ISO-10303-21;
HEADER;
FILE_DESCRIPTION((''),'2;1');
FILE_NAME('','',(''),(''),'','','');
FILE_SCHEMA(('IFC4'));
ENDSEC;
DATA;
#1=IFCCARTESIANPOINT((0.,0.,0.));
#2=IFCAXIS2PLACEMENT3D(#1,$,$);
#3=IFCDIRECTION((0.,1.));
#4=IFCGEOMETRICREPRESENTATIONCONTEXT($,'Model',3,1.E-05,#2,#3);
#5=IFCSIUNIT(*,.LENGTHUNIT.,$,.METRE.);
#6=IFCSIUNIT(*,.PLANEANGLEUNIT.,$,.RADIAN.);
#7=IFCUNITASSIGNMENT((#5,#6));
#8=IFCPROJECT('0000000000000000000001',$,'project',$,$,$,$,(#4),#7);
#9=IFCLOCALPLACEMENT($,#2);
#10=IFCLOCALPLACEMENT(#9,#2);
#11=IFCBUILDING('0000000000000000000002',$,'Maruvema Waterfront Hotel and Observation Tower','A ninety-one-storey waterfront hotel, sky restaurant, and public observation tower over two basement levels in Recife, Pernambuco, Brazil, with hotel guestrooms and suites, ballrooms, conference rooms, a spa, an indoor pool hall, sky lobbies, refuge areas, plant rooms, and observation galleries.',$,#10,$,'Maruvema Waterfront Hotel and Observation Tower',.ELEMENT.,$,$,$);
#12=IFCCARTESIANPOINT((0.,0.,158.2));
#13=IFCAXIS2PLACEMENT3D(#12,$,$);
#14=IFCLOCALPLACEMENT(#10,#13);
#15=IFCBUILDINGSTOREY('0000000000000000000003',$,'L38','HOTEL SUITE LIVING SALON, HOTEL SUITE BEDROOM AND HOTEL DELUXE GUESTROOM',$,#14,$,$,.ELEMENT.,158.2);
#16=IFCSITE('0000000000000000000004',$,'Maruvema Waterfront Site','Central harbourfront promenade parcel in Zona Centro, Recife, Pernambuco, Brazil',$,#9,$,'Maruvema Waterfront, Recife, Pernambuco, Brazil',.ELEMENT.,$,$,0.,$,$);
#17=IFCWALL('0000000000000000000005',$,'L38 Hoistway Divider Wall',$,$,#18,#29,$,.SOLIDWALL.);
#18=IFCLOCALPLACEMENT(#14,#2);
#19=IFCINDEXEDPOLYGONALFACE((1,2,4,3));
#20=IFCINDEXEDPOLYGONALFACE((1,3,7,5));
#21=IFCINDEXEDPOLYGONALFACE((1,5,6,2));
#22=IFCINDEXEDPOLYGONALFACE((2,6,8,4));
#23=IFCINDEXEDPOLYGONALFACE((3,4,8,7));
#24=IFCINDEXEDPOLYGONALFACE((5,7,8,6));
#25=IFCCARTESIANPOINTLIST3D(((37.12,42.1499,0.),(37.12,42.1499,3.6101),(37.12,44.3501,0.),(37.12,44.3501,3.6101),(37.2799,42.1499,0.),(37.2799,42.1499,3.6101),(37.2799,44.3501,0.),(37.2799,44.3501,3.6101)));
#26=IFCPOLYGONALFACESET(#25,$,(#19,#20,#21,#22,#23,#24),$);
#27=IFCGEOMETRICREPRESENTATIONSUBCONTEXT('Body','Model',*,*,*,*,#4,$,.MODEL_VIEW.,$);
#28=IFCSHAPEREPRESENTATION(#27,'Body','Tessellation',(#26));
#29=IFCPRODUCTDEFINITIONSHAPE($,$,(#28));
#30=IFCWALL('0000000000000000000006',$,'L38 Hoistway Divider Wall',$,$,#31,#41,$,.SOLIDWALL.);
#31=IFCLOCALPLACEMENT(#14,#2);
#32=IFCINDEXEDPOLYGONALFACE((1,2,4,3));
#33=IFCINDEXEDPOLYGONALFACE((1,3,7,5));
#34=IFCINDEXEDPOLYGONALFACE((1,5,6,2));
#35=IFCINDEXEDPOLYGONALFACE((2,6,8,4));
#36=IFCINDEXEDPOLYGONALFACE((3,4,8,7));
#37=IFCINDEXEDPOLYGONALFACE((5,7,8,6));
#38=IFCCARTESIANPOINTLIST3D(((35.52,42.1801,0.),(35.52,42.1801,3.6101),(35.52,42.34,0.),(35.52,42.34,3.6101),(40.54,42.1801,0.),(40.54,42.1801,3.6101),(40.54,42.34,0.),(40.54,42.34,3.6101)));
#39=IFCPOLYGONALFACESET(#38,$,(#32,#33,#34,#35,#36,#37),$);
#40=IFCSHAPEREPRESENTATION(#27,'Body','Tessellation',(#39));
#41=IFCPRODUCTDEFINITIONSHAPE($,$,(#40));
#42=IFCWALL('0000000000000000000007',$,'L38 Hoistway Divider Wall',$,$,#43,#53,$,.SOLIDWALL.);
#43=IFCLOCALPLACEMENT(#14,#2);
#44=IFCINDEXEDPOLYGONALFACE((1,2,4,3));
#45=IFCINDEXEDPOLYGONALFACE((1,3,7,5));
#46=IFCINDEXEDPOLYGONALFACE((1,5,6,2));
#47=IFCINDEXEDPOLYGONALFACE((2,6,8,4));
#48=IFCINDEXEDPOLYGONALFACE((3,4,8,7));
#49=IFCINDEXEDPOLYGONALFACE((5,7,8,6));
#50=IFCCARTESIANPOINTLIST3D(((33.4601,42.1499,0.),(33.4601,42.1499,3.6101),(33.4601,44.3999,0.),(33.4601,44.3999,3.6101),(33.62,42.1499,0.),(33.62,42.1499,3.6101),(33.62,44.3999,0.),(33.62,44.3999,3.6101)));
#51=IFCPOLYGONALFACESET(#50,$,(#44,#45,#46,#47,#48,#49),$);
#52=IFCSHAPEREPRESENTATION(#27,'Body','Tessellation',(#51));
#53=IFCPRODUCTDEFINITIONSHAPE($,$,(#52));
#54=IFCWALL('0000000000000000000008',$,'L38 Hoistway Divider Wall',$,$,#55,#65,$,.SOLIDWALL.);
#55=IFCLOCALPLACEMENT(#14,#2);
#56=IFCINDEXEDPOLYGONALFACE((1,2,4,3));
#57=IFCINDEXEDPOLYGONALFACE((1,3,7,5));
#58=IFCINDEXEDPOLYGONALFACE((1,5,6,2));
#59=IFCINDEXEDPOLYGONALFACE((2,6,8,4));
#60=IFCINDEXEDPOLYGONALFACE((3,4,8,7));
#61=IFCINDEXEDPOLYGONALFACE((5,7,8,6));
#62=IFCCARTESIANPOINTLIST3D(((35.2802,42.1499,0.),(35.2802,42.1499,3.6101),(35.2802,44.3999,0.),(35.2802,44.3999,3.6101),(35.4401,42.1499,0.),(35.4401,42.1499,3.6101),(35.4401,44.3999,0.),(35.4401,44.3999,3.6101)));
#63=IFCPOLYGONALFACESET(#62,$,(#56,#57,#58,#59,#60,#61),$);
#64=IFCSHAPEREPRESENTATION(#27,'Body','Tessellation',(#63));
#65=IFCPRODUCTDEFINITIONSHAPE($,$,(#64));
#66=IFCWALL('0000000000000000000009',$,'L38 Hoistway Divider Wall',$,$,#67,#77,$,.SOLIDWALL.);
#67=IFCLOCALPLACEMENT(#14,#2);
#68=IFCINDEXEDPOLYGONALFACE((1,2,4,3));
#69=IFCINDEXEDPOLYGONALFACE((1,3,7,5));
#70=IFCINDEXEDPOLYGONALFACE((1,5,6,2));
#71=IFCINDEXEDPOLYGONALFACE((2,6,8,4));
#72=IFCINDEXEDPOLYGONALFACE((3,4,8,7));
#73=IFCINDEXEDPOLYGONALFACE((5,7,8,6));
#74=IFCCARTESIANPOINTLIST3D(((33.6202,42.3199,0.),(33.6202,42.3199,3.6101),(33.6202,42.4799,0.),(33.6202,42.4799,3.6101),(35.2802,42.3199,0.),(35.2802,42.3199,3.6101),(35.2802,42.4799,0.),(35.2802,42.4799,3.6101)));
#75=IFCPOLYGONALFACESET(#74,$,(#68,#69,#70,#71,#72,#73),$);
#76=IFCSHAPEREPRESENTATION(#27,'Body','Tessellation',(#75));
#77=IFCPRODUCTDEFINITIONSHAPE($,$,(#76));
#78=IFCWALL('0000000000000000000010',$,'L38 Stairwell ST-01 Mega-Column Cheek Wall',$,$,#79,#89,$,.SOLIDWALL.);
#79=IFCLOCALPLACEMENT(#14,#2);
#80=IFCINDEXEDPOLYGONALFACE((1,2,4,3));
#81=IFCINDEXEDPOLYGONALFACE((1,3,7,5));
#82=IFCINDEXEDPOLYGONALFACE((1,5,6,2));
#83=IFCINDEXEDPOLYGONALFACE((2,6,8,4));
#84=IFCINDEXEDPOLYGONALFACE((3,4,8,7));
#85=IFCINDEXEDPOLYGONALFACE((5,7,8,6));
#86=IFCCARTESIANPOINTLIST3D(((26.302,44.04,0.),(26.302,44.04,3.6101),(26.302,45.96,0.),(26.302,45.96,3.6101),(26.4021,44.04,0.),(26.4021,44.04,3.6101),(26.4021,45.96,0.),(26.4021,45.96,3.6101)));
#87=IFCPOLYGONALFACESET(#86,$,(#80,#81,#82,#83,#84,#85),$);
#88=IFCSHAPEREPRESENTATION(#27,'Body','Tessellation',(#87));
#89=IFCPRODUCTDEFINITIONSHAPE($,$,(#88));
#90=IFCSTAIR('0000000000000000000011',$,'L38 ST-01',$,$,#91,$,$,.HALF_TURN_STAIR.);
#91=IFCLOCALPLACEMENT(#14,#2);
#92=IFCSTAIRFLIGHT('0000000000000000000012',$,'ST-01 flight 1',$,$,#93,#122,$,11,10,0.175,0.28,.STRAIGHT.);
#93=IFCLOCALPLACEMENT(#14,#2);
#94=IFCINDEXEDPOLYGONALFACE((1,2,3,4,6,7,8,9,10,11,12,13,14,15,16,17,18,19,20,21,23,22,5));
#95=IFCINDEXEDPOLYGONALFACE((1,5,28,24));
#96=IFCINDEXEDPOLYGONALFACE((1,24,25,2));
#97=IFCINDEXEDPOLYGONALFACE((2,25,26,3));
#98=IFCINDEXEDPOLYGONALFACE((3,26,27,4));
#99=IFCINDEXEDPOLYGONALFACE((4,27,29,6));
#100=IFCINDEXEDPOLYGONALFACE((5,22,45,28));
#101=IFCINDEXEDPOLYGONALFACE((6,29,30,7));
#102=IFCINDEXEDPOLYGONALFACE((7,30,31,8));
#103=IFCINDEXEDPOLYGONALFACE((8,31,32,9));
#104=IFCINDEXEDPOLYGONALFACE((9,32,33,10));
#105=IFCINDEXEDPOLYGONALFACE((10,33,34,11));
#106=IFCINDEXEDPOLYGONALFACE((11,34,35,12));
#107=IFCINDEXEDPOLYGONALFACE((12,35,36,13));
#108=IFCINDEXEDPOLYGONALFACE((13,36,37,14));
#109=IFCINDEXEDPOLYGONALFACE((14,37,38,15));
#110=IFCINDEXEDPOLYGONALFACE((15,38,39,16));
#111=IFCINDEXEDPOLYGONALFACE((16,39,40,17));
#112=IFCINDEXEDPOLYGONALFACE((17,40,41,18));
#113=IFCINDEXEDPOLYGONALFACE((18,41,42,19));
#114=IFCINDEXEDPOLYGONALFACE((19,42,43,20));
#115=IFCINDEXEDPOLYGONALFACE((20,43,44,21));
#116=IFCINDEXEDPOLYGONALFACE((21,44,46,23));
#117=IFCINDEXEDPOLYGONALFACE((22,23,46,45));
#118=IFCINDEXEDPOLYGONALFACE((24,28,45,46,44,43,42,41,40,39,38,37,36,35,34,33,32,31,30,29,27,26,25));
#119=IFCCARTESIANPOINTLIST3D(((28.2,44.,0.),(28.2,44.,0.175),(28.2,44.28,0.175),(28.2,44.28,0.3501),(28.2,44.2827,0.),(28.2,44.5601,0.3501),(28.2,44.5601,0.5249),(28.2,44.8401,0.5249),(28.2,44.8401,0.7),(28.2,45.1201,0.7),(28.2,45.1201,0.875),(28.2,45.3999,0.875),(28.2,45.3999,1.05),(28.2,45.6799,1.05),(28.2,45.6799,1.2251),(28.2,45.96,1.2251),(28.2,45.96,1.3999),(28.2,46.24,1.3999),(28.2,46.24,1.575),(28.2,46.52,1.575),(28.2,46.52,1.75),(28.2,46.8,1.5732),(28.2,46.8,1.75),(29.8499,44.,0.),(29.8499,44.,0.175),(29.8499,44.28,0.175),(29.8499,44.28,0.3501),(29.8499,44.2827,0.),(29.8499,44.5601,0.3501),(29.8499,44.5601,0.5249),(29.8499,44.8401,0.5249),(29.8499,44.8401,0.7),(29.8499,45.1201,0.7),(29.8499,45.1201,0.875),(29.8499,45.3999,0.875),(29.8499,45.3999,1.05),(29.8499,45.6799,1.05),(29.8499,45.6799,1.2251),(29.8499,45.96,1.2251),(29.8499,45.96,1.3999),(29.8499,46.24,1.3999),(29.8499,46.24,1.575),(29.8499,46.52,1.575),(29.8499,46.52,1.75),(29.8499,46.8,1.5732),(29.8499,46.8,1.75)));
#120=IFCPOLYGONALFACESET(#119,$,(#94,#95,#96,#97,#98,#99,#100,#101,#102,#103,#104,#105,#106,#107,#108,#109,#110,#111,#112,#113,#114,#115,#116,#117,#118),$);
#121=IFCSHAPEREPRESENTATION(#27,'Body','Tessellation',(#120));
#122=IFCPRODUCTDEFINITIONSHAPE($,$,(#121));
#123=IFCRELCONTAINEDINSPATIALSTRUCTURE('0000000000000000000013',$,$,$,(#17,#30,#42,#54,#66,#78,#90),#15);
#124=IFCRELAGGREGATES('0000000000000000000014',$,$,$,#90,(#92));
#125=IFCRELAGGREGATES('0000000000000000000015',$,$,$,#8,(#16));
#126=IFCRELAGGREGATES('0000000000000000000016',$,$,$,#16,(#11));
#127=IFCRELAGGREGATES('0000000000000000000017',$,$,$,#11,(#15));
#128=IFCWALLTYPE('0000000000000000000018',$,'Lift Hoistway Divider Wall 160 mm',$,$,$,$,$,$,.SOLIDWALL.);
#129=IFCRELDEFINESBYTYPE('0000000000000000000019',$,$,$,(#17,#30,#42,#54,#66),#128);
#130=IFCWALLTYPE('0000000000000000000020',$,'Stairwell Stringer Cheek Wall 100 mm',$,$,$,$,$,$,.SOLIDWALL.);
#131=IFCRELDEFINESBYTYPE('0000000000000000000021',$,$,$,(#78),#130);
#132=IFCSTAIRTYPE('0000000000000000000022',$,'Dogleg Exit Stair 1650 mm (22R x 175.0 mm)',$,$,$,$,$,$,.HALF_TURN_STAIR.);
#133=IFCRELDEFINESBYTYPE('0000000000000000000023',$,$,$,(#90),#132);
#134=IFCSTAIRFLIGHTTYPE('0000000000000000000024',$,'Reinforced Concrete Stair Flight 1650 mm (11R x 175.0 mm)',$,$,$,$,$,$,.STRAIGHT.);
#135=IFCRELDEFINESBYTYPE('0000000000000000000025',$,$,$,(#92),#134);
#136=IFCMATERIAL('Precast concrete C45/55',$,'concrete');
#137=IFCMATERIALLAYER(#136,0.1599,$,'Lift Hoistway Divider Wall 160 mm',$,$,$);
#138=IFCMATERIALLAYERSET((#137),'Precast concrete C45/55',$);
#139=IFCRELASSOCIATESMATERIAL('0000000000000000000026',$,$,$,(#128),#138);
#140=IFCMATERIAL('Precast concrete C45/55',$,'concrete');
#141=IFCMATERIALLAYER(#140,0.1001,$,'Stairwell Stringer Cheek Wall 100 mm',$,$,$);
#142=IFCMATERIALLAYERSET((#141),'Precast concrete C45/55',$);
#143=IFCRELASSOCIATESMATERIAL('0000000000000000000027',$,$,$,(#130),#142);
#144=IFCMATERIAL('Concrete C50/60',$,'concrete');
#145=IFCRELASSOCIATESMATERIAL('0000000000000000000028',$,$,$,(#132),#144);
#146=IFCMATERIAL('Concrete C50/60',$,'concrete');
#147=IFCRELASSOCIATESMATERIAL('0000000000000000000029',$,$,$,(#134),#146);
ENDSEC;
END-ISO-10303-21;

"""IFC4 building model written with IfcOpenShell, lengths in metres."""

from ifc_helpers import new_model, si_unit, direction, frame, frame_2d, origin, place, context, subcontext, project, spatial, polyline, rectangle, outline, extrude, material, layer, layer_set, type_object, element, aggregate, save


model = new_model("IFC4")

# Units and contexts
model_context = context("Model", 3, precision=1e-05, world=origin(), true_north=direction((0.0, 1.0)))
body_context = subcontext(model_context, "Body", "Model", "MODEL_VIEW")
ifc_project = project(units=[si_unit("LENGTHUNIT", "METRE"), si_unit("PLANEANGLEUNIT", "RADIAN")], contexts=[model_context])

# Site, building, storey
site_placement = place(None, origin())
site = spatial("IfcSite", under=ifc_project, at=site_placement, Name="Maruvema Waterfront Site", Description="Central harbourfront promenade parcel in Zona Centro, Recife, Pernambuco, Brazil", LongName="Maruvema Waterfront, Recife, Pernambuco, Brazil", CompositionType="ELEMENT", RefElevation=0.0)
building_placement = place(site_placement, origin())
building = spatial("IfcBuilding", under=site, at=building_placement, Name="Maruvema Waterfront Hotel and Observation Tower", Description="A ninety-one-storey waterfront hotel, sky restaurant, and public observation tower over two basement levels in Recife, Pernambuco, Brazil, with hotel guestrooms and suites, ballrooms, conference rooms, a spa, an indoor pool hall, sky lobbies, refuge areas, plant rooms, and observation galleries.", LongName="Maruvema Waterfront Hotel and Observation Tower", CompositionType="ELEMENT")
storey_placement = place(building_placement, frame((0.0, 0.0, 158.2)))
storey = spatial("IfcBuildingStorey", under=building, at=storey_placement, Name="L38", Description="HOTEL SUITE LIVING SALON, HOTEL SUITE BEDROOM AND HOTEL DELUXE GUESTROOM", CompositionType="ELEMENT", Elevation=158.2)

# Walls
ifc_material_1 = material(Name="Precast concrete C45/55", Category="concrete")
ifc_layer_1 = layer(ifc_material_1, 0.1599, Name="Lift Hoistway Divider Wall 160 mm")
ifc_layer_set_1 = layer_set([ifc_layer_1], Name="Precast concrete C45/55")
wall_type_1 = type_object("IfcWallType", Name="Lift Hoistway Divider Wall 160 mm", PredefinedType="SOLIDWALL", material=ifc_layer_set_1)
wall_1_placement = place(storey_placement, frame((37.2, 42.1499, 0.0), z_axis=(0.0, 0.0, 1.0), x_axis=(0.0, 1.0, 0.0)))
element("IfcWall", 1, at=wall_1_placement, inside=storey, type_object=wall_type_1, Name="L38 Hoistway Divider Wall", PredefinedType="SOLIDWALL", context=body_context, shape_type="SweptSolid", body=[
    extrude(rectangle(XDim=2.2002, YDim=0.1599, at=frame_2d((1.1001, 0.0))), origin(), (0.0, 0.0, 1.0), 3.6101),
])
wall_2_placement = place(storey_placement, frame((35.52, 42.26, 0.0), z_axis=(0.0, 0.0, 1.0), x_axis=(1.0, 0.0, 0.0)))
element("IfcWall", 2, at=wall_2_placement, inside=storey, type_object=wall_type_1, Name="L38 Hoistway Divider Wall", PredefinedType="SOLIDWALL", context=body_context, shape_type="SweptSolid", body=[
    extrude(rectangle(XDim=5.02, YDim=0.1599, at=frame_2d((2.51, 0.0))), origin(), (0.0, 0.0, 1.0), 3.6101),
])
for number, where, z_axis, x_axis, name in (
    (3, (33.54, 42.1499, 0.0), (0.0, 0.0, 1.0), (0.0, 1.0, 0.0), "L38 Hoistway Divider Wall"),
    (4, (35.3601, 42.1499, 0.0), (0.0, 0.0, 1.0), (0.0, 1.0, 0.0), "L38 Hoistway Divider Wall"),
):
    element("IfcWall", number, at=place(storey_placement, frame(where, z_axis=z_axis, x_axis=x_axis)), inside=storey, type_object=wall_type_1, Name=name, PredefinedType="SOLIDWALL", context=body_context, shape_type="SweptSolid", body=[
        extrude(rectangle(XDim=2.25, YDim=0.1599, at=frame_2d((1.125, 0.0))), origin(), (0.0, 0.0, 1.0), 3.6101),
    ])
wall_3_placement = place(storey_placement, frame((33.6201, 42.3999, 0.0), z_axis=(0.0, 0.0, 1.0), x_axis=(1.0, 0.0, 0.0)))
element("IfcWall", 5, at=wall_3_placement, inside=storey, type_object=wall_type_1, Name="L38 Hoistway Divider Wall", PredefinedType="SOLIDWALL", context=body_context, shape_type="SweptSolid", body=[
    extrude(rectangle(XDim=1.6599, YDim=0.1599, at=frame_2d((0.8301, 0.0))), origin(), (0.0, 0.0, 1.0), 3.6101),
])
ifc_material_2 = material(Name="Precast concrete C45/55", Category="concrete")
ifc_layer_2 = layer(ifc_material_2, 0.1001, Name="Stairwell Stringer Cheek Wall 100 mm")
ifc_layer_set_2 = layer_set([ifc_layer_2], Name="Precast concrete C45/55")
wall_type_2 = type_object("IfcWallType", Name="Stairwell Stringer Cheek Wall 100 mm", PredefinedType="SOLIDWALL", material=ifc_layer_set_2)
wall_4_placement = place(storey_placement, frame((26.3521, 44.04, 0.0), z_axis=(0.0, 0.0, 1.0), x_axis=(0.0, 1.0, 0.0)))
element("IfcWall", 6, at=wall_4_placement, inside=storey, type_object=wall_type_2, Name="L38 Stairwell ST-01 Mega-Column Cheek Wall", PredefinedType="SOLIDWALL", context=body_context, shape_type="SweptSolid", body=[
    extrude(rectangle(XDim=1.9199, YDim=0.1001, at=frame_2d((0.96, 0.0))), origin(), (0.0, 0.0, 1.0), 3.6101),
])

# Stair, stair flight
ifc_material_3 = material(Name="Concrete C50/60", Category="concrete")
stair_type = type_object("IfcStairType", Name="Dogleg Exit Stair 1650 mm (22R x 175.0 mm)", PredefinedType="HALF_TURN_STAIR", material=ifc_material_3)
stair_placement = place(storey_placement, origin())
stair = element("IfcStair", 7, at=stair_placement, inside=storey, type_object=stair_type, Name="L38 ST-01", PredefinedType="HALF_TURN_STAIR")
ifc_material_4 = material(Name="Concrete C50/60", Category="concrete")
stair_flight_type = type_object("IfcStairFlightType", Name="Reinforced Concrete Stair Flight 1650 mm (11R x 175.0 mm)", PredefinedType="STRAIGHT", material=ifc_material_4)
stair_flight_placement = place(storey_placement, frame((29.0249, 44.0, 0.0), z_axis=(0.0, 0.0, 1.0), x_axis=(0.0, 1.0, 0.0)))
stair_flight = element("IfcStairFlight", 8, at=stair_flight_placement, type_object=stair_flight_type, Name="ST-01 flight 1", NumberOfRisers=11, NumberOfTreads=10, PredefinedType="STRAIGHT", RiserHeight=0.175, TreadLength=0.28, context=body_context, shape_type="SweptSolid", body=[
    extrude(outline(polyline([(0.0, 0.0), (0.0, 0.175), (0.28, 0.175), (0.28, 0.3501), (0.5601, 0.3501), (0.5601, 0.5249), (0.8401, 0.5249), (0.8401, 0.7), (1.1201, 0.7), (1.1201, 0.875), (1.3999, 0.875), (1.3999, 1.05), (1.6799, 1.05), (1.6799, 1.2251), (1.96, 1.2251), (1.96, 1.3999), (2.24, 1.3999), (2.24, 1.575), (2.52, 1.575), (2.52, 1.75), (2.8, 1.75), (2.8, 1.925), (2.8, 1.5732), (0.2827, 0.0), (0.0, 0.0)])), frame((0.0, 0.825, 0.0), z_axis=(0.0, -1.0, 0.0), x_axis=(1.0, 0.0, 0.0)), (0.0, 0.0, 1.0), 1.6499),
])
aggregate(stair, [stair_flight])

save(model, "model.ifc")
